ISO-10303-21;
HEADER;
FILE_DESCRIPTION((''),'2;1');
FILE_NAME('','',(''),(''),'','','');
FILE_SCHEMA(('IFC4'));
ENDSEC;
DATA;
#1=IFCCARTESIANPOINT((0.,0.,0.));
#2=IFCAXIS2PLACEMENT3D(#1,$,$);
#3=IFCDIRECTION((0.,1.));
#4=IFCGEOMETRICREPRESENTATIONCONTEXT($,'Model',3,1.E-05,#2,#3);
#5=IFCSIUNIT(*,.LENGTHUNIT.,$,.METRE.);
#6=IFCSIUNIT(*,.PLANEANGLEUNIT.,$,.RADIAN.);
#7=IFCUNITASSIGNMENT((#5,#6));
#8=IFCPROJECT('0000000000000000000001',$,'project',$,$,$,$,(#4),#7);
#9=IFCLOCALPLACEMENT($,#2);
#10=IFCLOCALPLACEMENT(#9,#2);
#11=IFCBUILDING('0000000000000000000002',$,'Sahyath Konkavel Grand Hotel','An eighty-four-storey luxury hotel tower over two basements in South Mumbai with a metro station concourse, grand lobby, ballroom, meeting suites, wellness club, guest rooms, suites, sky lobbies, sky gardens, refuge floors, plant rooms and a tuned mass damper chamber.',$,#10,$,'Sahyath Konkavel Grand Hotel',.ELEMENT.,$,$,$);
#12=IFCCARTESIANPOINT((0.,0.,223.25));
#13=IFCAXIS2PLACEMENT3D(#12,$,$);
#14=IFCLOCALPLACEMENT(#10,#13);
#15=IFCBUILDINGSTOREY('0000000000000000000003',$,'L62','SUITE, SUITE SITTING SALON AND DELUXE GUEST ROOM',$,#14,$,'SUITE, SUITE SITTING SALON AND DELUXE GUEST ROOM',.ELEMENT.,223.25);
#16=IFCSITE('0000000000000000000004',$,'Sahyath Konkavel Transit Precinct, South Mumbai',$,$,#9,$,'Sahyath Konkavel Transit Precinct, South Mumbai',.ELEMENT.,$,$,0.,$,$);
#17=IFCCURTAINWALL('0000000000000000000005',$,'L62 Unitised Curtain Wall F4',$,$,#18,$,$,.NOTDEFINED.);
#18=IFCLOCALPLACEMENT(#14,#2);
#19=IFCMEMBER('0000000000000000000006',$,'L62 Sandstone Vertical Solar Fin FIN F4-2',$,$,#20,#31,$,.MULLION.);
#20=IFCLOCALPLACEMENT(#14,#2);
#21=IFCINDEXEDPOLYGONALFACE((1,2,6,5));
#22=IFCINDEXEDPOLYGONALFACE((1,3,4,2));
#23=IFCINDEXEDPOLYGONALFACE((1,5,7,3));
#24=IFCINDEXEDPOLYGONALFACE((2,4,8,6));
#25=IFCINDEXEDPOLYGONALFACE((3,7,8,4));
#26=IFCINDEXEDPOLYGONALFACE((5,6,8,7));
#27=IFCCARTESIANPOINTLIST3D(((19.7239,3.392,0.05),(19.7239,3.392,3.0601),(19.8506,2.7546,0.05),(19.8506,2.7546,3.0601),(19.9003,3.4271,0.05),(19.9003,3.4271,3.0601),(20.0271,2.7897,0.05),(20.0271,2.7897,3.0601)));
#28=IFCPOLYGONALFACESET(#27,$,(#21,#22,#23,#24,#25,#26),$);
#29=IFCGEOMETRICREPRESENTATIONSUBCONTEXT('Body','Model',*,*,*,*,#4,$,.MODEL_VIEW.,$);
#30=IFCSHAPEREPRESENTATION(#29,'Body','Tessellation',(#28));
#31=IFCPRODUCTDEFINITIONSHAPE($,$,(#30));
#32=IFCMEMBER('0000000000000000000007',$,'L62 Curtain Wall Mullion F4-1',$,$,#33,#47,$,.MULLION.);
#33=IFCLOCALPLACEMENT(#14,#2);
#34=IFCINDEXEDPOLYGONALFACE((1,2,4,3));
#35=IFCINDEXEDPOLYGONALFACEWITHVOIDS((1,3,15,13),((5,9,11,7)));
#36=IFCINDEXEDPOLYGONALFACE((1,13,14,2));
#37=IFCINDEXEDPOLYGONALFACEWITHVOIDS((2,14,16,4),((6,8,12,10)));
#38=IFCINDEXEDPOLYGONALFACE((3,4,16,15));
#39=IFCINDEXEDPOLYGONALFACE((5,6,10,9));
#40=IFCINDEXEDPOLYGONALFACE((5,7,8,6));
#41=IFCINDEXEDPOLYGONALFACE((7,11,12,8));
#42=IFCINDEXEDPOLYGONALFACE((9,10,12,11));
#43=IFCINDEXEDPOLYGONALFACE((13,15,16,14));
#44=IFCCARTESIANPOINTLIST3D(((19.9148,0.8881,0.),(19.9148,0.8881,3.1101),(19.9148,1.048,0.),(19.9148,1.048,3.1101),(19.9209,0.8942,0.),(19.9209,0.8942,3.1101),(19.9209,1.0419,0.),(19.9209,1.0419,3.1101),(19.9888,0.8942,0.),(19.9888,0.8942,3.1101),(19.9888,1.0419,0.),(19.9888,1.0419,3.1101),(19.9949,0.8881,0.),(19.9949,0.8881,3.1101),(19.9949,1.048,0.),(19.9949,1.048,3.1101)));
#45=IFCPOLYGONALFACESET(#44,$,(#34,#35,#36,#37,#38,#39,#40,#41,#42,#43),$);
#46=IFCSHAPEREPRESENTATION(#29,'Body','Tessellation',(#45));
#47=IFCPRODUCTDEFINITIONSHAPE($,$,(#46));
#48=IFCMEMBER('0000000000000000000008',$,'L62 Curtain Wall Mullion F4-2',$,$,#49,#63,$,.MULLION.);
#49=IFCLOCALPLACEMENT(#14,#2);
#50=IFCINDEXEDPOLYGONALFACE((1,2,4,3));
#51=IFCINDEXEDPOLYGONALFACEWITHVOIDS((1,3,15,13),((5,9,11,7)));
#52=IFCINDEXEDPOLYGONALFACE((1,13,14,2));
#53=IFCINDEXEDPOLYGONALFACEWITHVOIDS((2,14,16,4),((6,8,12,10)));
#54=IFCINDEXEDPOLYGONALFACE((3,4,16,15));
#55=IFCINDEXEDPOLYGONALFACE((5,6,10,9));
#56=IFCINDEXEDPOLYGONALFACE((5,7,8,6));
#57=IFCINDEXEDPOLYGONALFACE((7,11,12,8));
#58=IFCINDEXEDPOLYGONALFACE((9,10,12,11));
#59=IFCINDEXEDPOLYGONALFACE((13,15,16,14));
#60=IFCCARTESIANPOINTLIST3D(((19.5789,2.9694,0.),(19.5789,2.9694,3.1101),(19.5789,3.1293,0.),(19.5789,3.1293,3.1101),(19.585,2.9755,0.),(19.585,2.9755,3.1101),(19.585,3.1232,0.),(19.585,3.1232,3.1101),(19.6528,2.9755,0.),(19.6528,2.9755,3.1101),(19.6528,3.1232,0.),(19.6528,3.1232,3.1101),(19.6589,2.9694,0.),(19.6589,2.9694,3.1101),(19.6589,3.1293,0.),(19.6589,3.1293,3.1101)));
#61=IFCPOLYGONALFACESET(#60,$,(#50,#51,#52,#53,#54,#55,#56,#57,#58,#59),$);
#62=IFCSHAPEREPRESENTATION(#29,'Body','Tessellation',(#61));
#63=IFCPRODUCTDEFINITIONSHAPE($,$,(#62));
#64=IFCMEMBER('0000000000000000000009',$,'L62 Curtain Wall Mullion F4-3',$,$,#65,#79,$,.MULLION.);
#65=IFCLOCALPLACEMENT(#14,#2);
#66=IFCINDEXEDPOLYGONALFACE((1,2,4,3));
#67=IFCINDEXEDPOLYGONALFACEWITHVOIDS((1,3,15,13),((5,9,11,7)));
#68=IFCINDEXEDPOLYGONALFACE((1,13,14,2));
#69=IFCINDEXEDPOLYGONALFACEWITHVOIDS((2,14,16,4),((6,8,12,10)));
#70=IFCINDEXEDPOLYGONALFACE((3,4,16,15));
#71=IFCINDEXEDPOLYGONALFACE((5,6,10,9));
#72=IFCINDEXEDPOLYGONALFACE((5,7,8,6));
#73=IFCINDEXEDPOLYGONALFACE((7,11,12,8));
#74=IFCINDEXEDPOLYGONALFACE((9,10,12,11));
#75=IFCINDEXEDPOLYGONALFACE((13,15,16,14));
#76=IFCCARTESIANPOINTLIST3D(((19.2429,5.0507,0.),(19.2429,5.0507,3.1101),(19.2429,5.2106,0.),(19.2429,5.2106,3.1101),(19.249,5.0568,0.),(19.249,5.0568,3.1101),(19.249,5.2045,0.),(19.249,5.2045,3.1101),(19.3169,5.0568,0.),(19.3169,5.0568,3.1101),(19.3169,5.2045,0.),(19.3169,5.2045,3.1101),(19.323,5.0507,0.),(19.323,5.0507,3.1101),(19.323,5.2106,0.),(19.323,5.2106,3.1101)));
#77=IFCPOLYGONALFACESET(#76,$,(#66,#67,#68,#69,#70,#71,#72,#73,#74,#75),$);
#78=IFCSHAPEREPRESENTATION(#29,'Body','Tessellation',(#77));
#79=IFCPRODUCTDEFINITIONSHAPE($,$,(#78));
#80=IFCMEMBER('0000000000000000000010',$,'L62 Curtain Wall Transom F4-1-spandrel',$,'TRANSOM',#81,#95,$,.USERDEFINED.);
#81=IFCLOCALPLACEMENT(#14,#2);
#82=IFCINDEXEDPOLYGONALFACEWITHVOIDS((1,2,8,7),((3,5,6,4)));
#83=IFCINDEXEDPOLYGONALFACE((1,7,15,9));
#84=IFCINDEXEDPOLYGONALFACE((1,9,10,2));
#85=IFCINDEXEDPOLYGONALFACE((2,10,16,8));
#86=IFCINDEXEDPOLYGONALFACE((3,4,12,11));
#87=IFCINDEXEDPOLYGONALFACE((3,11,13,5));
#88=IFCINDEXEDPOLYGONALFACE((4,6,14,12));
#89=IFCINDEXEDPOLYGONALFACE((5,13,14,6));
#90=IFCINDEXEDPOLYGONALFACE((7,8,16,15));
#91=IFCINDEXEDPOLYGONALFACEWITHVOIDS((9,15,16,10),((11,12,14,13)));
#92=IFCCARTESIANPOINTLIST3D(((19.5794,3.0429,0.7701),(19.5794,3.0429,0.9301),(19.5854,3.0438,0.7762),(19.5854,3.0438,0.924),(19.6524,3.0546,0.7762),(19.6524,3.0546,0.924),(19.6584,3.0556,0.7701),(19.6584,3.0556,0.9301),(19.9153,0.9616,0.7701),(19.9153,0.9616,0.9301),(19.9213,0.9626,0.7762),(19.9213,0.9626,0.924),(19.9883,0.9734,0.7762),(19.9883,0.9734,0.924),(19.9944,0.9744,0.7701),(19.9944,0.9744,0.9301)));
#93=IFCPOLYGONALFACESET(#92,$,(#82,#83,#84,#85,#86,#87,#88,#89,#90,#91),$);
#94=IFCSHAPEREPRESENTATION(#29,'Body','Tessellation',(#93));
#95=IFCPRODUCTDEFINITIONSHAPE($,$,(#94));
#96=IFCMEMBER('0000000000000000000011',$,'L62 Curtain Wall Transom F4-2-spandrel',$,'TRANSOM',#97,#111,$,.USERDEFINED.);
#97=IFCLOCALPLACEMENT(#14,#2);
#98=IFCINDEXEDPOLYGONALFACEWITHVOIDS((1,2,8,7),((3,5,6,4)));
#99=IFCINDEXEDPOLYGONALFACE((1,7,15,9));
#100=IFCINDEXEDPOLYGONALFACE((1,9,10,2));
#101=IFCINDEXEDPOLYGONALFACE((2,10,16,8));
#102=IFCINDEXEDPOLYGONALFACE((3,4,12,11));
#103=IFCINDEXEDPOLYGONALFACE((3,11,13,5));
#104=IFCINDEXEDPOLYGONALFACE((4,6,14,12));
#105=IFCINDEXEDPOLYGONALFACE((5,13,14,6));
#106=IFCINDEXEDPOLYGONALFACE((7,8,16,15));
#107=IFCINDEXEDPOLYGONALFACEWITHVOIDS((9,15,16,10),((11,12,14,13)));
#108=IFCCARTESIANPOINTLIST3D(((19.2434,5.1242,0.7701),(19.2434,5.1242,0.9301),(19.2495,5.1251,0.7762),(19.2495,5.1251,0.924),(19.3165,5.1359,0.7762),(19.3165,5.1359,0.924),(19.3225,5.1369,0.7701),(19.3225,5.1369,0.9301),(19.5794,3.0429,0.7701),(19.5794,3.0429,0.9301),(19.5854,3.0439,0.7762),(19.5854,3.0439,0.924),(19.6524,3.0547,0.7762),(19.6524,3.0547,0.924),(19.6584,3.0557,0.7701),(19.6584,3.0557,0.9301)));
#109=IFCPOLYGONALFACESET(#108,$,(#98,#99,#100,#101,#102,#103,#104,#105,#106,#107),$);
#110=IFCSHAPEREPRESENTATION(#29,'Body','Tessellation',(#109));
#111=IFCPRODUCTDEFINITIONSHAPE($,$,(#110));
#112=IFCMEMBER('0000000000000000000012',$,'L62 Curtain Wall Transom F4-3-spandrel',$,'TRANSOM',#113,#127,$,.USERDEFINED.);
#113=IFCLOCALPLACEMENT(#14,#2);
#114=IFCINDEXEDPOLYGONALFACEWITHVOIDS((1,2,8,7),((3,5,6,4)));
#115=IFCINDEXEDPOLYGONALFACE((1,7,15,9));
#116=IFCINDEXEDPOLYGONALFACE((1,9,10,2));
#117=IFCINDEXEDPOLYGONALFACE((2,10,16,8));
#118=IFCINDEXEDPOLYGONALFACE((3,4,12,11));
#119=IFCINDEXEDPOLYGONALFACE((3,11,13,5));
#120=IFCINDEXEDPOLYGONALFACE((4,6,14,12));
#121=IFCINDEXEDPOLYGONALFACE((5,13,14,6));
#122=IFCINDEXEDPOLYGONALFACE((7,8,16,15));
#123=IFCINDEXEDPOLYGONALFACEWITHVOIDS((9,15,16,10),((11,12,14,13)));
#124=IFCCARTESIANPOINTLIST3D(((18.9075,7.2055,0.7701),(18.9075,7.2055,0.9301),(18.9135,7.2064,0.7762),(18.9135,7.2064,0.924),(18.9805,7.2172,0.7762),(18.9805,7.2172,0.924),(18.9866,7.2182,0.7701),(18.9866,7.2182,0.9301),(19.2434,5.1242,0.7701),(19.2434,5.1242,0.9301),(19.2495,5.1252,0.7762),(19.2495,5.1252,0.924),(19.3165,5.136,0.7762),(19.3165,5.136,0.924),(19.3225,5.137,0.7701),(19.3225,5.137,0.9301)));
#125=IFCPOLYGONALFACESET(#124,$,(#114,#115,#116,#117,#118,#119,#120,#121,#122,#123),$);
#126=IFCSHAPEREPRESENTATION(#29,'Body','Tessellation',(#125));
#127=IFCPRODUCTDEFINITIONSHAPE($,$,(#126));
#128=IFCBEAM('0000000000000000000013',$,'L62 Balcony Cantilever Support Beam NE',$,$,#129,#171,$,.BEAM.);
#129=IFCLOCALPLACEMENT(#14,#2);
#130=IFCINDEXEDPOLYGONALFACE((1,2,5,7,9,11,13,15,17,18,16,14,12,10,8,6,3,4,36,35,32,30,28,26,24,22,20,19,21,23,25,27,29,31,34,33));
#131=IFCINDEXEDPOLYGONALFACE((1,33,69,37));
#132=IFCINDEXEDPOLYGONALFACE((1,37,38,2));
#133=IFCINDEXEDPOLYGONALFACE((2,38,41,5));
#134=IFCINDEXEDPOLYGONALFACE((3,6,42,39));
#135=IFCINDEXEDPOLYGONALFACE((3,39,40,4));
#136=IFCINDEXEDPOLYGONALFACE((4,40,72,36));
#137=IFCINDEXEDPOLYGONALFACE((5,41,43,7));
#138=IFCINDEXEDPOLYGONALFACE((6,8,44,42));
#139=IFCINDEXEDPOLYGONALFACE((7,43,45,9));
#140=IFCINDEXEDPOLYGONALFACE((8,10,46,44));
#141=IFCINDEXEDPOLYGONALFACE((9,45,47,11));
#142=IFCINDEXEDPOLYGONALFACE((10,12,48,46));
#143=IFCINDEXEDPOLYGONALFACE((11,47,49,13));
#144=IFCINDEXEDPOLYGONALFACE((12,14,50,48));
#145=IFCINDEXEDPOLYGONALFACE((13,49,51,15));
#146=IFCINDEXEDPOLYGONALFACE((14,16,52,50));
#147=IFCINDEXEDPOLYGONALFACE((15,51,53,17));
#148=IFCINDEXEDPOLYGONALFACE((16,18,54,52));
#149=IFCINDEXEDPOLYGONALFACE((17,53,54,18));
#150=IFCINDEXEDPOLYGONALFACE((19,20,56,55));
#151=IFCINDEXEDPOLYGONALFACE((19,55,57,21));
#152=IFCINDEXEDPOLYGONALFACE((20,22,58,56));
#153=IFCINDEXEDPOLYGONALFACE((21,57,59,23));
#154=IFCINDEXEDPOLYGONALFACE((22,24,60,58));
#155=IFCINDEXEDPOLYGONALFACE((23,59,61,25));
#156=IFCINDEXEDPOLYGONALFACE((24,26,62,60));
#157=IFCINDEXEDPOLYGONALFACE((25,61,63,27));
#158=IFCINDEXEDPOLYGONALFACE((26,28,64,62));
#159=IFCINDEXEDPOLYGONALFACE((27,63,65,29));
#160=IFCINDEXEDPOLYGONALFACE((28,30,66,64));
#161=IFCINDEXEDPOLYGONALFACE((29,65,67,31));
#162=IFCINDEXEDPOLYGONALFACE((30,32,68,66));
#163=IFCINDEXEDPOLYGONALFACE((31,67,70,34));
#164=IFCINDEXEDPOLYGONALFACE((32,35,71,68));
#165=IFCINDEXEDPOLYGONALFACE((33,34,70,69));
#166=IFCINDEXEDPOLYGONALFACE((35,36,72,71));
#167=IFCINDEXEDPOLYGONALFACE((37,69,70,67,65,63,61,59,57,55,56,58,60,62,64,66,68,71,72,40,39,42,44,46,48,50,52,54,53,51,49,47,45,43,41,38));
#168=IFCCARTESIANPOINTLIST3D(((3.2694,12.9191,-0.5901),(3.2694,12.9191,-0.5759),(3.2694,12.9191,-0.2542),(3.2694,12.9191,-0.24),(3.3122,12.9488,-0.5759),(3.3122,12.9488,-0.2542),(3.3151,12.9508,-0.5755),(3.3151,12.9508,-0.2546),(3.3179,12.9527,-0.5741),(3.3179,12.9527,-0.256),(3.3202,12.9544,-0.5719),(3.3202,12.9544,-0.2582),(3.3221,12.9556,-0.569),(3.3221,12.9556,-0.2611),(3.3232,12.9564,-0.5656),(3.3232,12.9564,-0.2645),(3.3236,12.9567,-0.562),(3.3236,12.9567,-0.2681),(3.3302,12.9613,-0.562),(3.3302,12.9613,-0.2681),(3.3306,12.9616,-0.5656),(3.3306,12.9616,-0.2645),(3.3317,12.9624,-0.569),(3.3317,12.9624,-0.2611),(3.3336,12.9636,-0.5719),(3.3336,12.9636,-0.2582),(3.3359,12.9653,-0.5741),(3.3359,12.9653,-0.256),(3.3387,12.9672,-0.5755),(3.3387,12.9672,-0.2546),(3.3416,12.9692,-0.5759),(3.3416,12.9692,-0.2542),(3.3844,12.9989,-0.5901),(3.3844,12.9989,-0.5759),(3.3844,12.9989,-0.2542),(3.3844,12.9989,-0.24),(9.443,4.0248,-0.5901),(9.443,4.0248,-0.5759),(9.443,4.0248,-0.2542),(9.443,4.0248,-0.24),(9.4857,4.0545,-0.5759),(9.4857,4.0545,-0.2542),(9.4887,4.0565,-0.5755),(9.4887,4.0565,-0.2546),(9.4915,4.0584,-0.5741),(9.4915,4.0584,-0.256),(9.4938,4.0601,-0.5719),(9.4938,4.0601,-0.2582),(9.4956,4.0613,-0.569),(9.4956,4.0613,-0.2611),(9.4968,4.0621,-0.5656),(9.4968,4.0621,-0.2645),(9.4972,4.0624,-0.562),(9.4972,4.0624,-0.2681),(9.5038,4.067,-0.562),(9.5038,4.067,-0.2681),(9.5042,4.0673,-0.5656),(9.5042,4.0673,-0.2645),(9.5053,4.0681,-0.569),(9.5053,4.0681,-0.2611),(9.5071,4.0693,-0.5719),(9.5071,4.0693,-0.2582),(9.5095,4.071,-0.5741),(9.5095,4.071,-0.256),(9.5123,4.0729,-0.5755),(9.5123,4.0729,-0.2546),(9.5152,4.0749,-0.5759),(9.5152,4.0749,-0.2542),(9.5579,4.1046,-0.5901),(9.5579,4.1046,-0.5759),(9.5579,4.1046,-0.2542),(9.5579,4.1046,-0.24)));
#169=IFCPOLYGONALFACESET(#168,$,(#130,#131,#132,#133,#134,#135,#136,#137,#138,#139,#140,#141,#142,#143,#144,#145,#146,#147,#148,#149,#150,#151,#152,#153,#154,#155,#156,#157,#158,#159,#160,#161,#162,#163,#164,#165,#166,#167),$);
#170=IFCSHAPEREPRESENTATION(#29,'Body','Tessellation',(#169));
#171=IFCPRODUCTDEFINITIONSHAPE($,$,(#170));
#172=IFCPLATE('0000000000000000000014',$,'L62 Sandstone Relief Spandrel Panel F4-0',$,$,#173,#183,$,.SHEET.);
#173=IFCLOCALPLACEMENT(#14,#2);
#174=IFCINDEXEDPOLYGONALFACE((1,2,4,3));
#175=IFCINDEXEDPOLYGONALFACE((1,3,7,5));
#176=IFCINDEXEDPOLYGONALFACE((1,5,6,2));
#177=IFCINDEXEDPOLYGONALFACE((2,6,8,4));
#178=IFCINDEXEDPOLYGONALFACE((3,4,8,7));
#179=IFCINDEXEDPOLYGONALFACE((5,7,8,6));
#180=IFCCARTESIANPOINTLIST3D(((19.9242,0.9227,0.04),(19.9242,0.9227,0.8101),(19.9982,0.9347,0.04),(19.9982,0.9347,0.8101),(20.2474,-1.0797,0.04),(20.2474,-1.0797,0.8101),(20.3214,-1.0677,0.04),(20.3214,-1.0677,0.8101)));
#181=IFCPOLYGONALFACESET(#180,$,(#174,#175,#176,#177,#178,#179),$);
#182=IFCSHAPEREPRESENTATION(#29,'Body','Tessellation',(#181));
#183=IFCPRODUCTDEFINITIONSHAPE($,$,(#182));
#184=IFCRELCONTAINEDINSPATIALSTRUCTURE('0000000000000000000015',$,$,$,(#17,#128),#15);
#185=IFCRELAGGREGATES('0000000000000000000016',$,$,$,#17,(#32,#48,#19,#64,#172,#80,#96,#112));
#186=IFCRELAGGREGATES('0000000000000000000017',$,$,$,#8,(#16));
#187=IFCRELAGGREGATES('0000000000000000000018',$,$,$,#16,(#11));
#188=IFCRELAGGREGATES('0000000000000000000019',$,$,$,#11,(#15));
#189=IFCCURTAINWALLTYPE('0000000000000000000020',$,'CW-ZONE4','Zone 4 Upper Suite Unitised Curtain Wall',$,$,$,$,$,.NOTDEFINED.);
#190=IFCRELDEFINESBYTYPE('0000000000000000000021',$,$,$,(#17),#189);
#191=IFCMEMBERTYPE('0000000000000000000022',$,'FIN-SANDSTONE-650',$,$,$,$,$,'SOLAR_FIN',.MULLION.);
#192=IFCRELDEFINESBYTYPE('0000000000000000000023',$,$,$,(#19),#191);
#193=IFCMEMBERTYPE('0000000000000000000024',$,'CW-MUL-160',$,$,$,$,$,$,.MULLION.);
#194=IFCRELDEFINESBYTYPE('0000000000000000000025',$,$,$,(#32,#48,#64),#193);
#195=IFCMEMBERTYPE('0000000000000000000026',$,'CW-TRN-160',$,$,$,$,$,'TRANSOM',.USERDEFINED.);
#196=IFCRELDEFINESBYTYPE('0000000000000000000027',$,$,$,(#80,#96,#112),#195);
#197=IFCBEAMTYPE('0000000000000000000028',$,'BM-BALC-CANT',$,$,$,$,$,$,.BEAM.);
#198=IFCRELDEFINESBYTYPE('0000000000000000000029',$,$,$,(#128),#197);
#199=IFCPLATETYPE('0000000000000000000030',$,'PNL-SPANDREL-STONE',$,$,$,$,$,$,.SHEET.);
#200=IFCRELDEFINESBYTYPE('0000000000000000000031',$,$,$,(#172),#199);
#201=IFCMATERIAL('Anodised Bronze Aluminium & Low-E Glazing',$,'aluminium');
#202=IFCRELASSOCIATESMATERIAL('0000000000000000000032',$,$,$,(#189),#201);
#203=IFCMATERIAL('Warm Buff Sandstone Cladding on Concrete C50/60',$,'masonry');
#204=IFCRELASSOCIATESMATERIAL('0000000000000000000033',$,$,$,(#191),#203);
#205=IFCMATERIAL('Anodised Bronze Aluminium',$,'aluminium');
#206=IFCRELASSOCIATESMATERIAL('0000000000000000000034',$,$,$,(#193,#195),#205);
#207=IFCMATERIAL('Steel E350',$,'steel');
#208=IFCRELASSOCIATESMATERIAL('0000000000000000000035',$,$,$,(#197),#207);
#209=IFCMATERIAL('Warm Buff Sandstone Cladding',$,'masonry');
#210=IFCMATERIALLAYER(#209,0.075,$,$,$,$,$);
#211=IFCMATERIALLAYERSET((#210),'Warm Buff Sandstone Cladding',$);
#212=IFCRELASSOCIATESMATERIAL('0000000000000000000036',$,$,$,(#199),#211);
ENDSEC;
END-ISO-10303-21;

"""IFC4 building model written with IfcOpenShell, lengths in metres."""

from ifc_helpers import new_model, si_unit, direction, frame, origin, origin_2d, place, context, subcontext, project, spatial, rectangle, hollow_rectangle, i_section, extrude, source, transform, mapped, material, layer, layer_set, material_profile, profile_set, type_object, element, aggregate, save


model = new_model("IFC4")

# Units and contexts
model_context = context("Model", 3, precision=1e-05, world=origin(), true_north=direction((0.0, 1.0)))
body_context = subcontext(model_context, "Body", "Model", "MODEL_VIEW")
ifc_project = project(units=[si_unit("LENGTHUNIT", "METRE"), si_unit("PLANEANGLEUNIT", "RADIAN")], contexts=[model_context])

# Site, building, storey
site_placement = place(None, origin())
site = spatial("IfcSite", under=ifc_project, at=site_placement, Name="Sahyath Konkavel Transit Precinct, South Mumbai", LongName="Sahyath Konkavel Transit Precinct, South Mumbai", CompositionType="ELEMENT", RefElevation=0.0)
building_placement = place(site_placement, origin())
building = spatial("IfcBuilding", under=site, at=building_placement, Name="Sahyath Konkavel Grand Hotel", Description="An eighty-four-storey luxury hotel tower over two basements in South Mumbai with a metro station concourse, grand lobby, ballroom, meeting suites, wellness club, guest rooms, suites, sky lobbies, sky gardens, refuge floors, plant rooms and a tuned mass damper chamber.", LongName="Sahyath Konkavel Grand Hotel", CompositionType="ELEMENT")
storey_placement = place(building_placement, frame((0.0, 0.0, 223.25)))
storey = spatial("IfcBuildingStorey", under=building, at=storey_placement, Name="L62", Description="SUITE, SUITE SITTING SALON AND DELUXE GUEST ROOM", LongName="SUITE, SUITE SITTING SALON AND DELUXE GUEST ROOM", CompositionType="ELEMENT", Elevation=223.25)

# Curtain wall, members
ifc_material_1 = material(Name="Anodised Bronze Aluminium & Low-E Glazing", Category="aluminium")
curtain_wall_type = type_object("IfcCurtainWallType", Name="CW-ZONE4", Description="Zone 4 Upper Suite Unitised Curtain Wall", PredefinedType="NOTDEFINED", material=ifc_material_1)
curtain_wall_1_placement = place(storey_placement, origin())
curtain_wall_1 = element("IfcCurtainWall", 1, at=curtain_wall_1_placement, inside=storey, type_object=curtain_wall_type, Name="L62 Unitised Curtain Wall F4", PredefinedType="NOTDEFINED")
ifc_material_2 = material(Name="Warm Buff Sandstone Cladding on Concrete C50/60", Category="masonry")
ifc_material_profile_1 = material_profile(ifc_material_2, rectangle(XDim=0.1799, YDim=0.6499, at=origin_2d()), Name="FIN 180x650")
ifc_profile_set_1 = profile_set([ifc_material_profile_1], Name="Warm Buff Sandstone Cladding on Concrete C50/60")
member_type_1 = type_object("IfcMemberType", Name="FIN-SANDSTONE-650", ElementType="SOLAR_FIN", PredefinedType="MULLION", material=ifc_profile_set_1)
shared_shape_1 = source(origin(), body_context, "Body", "SweptSolid", [
    extrude(rectangle(XDim=0.1799, YDim=0.6499, at=origin_2d()), origin(), (0.0, 0.0, 1.0), 3.01),
])
member_1_placement = place(storey_placement, frame((19.8755, 3.0908, 0.05), z_axis=(0.0, 0.0, 1.0), x_axis=(0.980785, 0.19509, 0.0)))
member_1 = element("IfcMember", 2, at=member_1_placement, type_object=member_type_1, Name="L62 Sandstone Vertical Solar Fin FIN F4-2", PredefinedType="MULLION", context=body_context, shape_type="MappedRepresentation", body=[
    mapped(shared_shape_1, transform((0.0, 0.0, 0.0), scale=1.0)),
])
ifc_material_3 = material(Name="Anodised Bronze Aluminium", Category="aluminium")
ifc_material_profile_2 = material_profile(ifc_material_3, hollow_rectangle(XDim=0.0801, YDim=0.1599, WallThickness=0.0061, at=origin_2d()), Name="RHS 160x80x6")
ifc_profile_set_2 = profile_set([ifc_material_profile_2], Name="Anodised Bronze Aluminium")
member_type_2 = type_object("IfcMemberType", Name="CW-MUL-160", PredefinedType="MULLION", material=ifc_profile_set_2)
shared_shape_2 = source(origin(), body_context, "Body", "SweptSolid", [
    extrude(hollow_rectangle(XDim=0.0801, YDim=0.1599, WallThickness=0.0061, at=origin_2d()), origin(), (0.0, 0.0, 1.0), 3.1101),
])
member_2_placement = place(storey_placement, frame((19.9548, 0.968, 0.0), z_axis=(0.0, 0.0, 1.0), x_axis=(1.0, 0.0, 0.0)))
member_2 = element("IfcMember", 3, at=member_2_placement, type_object=member_type_2, Name="L62 Curtain Wall Mullion F4-1", PredefinedType="MULLION", context=body_context, shape_type="MappedRepresentation", body=[
    mapped(shared_shape_2, transform((0.0, 0.0, 0.0), scale=1.0)),
])
member_3_placement = place(storey_placement, frame((19.6189, 3.0493, 0.0), z_axis=(0.0, 0.0, 1.0), x_axis=(1.0, 0.0, 0.0)))
member_3 = element("IfcMember", 4, at=member_3_placement, type_object=member_type_2, Name="L62 Curtain Wall Mullion F4-2", PredefinedType="MULLION", context=body_context, shape_type="MappedRepresentation", body=[
    mapped(shared_shape_2, transform((0.0, 0.0, 0.0), scale=1.0)),
])
member_4_placement = place(storey_placement, frame((19.283, 5.1306, 0.0), z_axis=(0.0, 0.0, 1.0), x_axis=(1.0, 0.0, 0.0)))
member_4 = element("IfcMember", 5, at=member_4_placement, type_object=member_type_2, Name="L62 Curtain Wall Mullion F4-3", PredefinedType="MULLION", context=body_context, shape_type="MappedRepresentation", body=[
    mapped(shared_shape_2, transform((0.0, 0.0, 0.0), scale=1.0)),
])
ifc_material_profile_3 = material_profile(ifc_material_3, hollow_rectangle(XDim=0.0801, YDim=0.1599, WallThickness=0.0061, at=origin_2d()), Name="RHS 160x80x6")
ifc_profile_set_3 = profile_set([ifc_material_profile_3], Name="Anodised Bronze Aluminium")
member_type_3 = type_object("IfcMemberType", Name="CW-TRN-160", ElementType="TRANSOM", PredefinedType="USERDEFINED", material=ifc_profile_set_3)
shared_shape_3 = source(origin(), body_context, "Body", "SweptSolid", [
    extrude(hollow_rectangle(XDim=0.0801, YDim=0.1599, WallThickness=0.0061, at=origin_2d()), origin(), (0.0, 0.0, 1.0), 2.1082),
])
member_5_placement = place(storey_placement, frame((19.9548, 0.968, 0.8501), z_axis=(-0.159345, 0.987223, 0.0), x_axis=(-0.987223, -0.159345, 0.0)))
member_5 = element("IfcMember", 6, at=member_5_placement, type_object=member_type_3, Name="L62 Curtain Wall Transom F4-1-spandrel", ObjectType="TRANSOM", PredefinedType="USERDEFINED", context=body_context, shape_type="MappedRepresentation", body=[
    mapped(shared_shape_3, transform((0.0, 0.0, 0.0), scale=1.0)),
])
member_6_placement = place(storey_placement, frame((19.6189, 3.0493, 0.8501), z_axis=(-0.159345, 0.987223, 0.0), x_axis=(-0.987223, -0.159345, 0.0)))
member_6 = element("IfcMember", 7, at=member_6_placement, type_object=member_type_3, Name="L62 Curtain Wall Transom F4-2-spandrel", ObjectType="TRANSOM", PredefinedType="USERDEFINED", context=body_context, shape_type="MappedRepresentation", body=[
    mapped(shared_shape_3, transform((0.0, 0.0, 0.0), scale=1.0)),
])
member_7_placement = place(storey_placement, frame((19.283, 5.1306, 0.8501), z_axis=(-0.159345, 0.987223, 0.0), x_axis=(-0.987223, -0.159345, 0.0)))
member_7 = element("IfcMember", 8, at=member_7_placement, type_object=member_type_3, Name="L62 Curtain Wall Transom F4-3-spandrel", ObjectType="TRANSOM", PredefinedType="USERDEFINED", context=body_context, shape_type="MappedRepresentation", body=[
    mapped(shared_shape_3, transform((0.0, 0.0, 0.0), scale=1.0)),
])

# Beam
ifc_material_4 = material(Name="Steel E350", Category="steel")
ifc_material_profile_4 = material_profile(ifc_material_4, i_section(OverallWidth=0.1399, OverallDepth=0.3501, WebThickness=0.0081, FlangeThickness=0.0142, FilletRadius=0.0139, at=origin_2d()), Name="ISMB 350")
ifc_profile_set_4 = profile_set([ifc_material_profile_4], Name="Steel E350")
beam_type = type_object("IfcBeamType", Name="BM-BALC-CANT", PredefinedType="BEAM", material=ifc_profile_set_4)
shared_shape_4 = source(origin(), body_context, "Body", "SweptSolid", [
    extrude(i_section(OverallWidth=0.1399, OverallDepth=0.3501, WebThickness=0.0081, FlangeThickness=0.0142, FilletRadius=0.0139, at=origin_2d()), origin(), (0.0, 0.0, 1.0), 10.8269),
])
beam_placement = place(storey_placement, frame((9.5005, 4.0647, -0.415), z_axis=(-0.570209, 0.8215, 0.0), x_axis=(-0.8215, -0.570209, 0.0)))
element("IfcBeam", 9, at=beam_placement, inside=storey, type_object=beam_type, Name="L62 Balcony Cantilever Support Beam NE", PredefinedType="BEAM", context=body_context, shape_type="MappedRepresentation", body=[
    mapped(shared_shape_4, transform((0.0, 0.0, 0.0), scale=1.0)),
])

# Plate
ifc_material_5 = material(Name="Warm Buff Sandstone Cladding", Category="masonry")
ifc_layer_1 = layer(ifc_material_5, 0.075)
ifc_layer_set_1 = layer_set([ifc_layer_1], Name="Warm Buff Sandstone Cladding")
plate_type_1 = type_object("IfcPlateType", Name="PNL-SPANDREL-STONE", PredefinedType="SHEET", material=ifc_layer_set_1)
shared_shape_5 = source(origin(), body_context, "Body", "SweptSolid", [
    extrude(rectangle(XDim=2.0283, YDim=0.075, at=origin_2d()), origin(), (0.0, 0.0, 1.0), 0.77),
])
plate_1_placement = place(storey_placement, frame((20.1228, -0.0725, 0.04), z_axis=(0.0, 0.0, 1.0), x_axis=(-0.159347, 0.987223, 0.0)))
plate_1 = element("IfcPlate", 10, at=plate_1_placement, type_object=plate_type_1, Name="L62 Sandstone Relief Spandrel Panel F4-0", PredefinedType="SHEET", context=body_context, shape_type="MappedRepresentation", body=[
    mapped(shared_shape_5, transform((0.0, 0.0, 0.0), scale=1.0)),
])
aggregate(curtain_wall_1, [member_2, member_3, member_1, member_4, plate_1, member_5, member_6, member_7])

save(model, "model.ifc")
